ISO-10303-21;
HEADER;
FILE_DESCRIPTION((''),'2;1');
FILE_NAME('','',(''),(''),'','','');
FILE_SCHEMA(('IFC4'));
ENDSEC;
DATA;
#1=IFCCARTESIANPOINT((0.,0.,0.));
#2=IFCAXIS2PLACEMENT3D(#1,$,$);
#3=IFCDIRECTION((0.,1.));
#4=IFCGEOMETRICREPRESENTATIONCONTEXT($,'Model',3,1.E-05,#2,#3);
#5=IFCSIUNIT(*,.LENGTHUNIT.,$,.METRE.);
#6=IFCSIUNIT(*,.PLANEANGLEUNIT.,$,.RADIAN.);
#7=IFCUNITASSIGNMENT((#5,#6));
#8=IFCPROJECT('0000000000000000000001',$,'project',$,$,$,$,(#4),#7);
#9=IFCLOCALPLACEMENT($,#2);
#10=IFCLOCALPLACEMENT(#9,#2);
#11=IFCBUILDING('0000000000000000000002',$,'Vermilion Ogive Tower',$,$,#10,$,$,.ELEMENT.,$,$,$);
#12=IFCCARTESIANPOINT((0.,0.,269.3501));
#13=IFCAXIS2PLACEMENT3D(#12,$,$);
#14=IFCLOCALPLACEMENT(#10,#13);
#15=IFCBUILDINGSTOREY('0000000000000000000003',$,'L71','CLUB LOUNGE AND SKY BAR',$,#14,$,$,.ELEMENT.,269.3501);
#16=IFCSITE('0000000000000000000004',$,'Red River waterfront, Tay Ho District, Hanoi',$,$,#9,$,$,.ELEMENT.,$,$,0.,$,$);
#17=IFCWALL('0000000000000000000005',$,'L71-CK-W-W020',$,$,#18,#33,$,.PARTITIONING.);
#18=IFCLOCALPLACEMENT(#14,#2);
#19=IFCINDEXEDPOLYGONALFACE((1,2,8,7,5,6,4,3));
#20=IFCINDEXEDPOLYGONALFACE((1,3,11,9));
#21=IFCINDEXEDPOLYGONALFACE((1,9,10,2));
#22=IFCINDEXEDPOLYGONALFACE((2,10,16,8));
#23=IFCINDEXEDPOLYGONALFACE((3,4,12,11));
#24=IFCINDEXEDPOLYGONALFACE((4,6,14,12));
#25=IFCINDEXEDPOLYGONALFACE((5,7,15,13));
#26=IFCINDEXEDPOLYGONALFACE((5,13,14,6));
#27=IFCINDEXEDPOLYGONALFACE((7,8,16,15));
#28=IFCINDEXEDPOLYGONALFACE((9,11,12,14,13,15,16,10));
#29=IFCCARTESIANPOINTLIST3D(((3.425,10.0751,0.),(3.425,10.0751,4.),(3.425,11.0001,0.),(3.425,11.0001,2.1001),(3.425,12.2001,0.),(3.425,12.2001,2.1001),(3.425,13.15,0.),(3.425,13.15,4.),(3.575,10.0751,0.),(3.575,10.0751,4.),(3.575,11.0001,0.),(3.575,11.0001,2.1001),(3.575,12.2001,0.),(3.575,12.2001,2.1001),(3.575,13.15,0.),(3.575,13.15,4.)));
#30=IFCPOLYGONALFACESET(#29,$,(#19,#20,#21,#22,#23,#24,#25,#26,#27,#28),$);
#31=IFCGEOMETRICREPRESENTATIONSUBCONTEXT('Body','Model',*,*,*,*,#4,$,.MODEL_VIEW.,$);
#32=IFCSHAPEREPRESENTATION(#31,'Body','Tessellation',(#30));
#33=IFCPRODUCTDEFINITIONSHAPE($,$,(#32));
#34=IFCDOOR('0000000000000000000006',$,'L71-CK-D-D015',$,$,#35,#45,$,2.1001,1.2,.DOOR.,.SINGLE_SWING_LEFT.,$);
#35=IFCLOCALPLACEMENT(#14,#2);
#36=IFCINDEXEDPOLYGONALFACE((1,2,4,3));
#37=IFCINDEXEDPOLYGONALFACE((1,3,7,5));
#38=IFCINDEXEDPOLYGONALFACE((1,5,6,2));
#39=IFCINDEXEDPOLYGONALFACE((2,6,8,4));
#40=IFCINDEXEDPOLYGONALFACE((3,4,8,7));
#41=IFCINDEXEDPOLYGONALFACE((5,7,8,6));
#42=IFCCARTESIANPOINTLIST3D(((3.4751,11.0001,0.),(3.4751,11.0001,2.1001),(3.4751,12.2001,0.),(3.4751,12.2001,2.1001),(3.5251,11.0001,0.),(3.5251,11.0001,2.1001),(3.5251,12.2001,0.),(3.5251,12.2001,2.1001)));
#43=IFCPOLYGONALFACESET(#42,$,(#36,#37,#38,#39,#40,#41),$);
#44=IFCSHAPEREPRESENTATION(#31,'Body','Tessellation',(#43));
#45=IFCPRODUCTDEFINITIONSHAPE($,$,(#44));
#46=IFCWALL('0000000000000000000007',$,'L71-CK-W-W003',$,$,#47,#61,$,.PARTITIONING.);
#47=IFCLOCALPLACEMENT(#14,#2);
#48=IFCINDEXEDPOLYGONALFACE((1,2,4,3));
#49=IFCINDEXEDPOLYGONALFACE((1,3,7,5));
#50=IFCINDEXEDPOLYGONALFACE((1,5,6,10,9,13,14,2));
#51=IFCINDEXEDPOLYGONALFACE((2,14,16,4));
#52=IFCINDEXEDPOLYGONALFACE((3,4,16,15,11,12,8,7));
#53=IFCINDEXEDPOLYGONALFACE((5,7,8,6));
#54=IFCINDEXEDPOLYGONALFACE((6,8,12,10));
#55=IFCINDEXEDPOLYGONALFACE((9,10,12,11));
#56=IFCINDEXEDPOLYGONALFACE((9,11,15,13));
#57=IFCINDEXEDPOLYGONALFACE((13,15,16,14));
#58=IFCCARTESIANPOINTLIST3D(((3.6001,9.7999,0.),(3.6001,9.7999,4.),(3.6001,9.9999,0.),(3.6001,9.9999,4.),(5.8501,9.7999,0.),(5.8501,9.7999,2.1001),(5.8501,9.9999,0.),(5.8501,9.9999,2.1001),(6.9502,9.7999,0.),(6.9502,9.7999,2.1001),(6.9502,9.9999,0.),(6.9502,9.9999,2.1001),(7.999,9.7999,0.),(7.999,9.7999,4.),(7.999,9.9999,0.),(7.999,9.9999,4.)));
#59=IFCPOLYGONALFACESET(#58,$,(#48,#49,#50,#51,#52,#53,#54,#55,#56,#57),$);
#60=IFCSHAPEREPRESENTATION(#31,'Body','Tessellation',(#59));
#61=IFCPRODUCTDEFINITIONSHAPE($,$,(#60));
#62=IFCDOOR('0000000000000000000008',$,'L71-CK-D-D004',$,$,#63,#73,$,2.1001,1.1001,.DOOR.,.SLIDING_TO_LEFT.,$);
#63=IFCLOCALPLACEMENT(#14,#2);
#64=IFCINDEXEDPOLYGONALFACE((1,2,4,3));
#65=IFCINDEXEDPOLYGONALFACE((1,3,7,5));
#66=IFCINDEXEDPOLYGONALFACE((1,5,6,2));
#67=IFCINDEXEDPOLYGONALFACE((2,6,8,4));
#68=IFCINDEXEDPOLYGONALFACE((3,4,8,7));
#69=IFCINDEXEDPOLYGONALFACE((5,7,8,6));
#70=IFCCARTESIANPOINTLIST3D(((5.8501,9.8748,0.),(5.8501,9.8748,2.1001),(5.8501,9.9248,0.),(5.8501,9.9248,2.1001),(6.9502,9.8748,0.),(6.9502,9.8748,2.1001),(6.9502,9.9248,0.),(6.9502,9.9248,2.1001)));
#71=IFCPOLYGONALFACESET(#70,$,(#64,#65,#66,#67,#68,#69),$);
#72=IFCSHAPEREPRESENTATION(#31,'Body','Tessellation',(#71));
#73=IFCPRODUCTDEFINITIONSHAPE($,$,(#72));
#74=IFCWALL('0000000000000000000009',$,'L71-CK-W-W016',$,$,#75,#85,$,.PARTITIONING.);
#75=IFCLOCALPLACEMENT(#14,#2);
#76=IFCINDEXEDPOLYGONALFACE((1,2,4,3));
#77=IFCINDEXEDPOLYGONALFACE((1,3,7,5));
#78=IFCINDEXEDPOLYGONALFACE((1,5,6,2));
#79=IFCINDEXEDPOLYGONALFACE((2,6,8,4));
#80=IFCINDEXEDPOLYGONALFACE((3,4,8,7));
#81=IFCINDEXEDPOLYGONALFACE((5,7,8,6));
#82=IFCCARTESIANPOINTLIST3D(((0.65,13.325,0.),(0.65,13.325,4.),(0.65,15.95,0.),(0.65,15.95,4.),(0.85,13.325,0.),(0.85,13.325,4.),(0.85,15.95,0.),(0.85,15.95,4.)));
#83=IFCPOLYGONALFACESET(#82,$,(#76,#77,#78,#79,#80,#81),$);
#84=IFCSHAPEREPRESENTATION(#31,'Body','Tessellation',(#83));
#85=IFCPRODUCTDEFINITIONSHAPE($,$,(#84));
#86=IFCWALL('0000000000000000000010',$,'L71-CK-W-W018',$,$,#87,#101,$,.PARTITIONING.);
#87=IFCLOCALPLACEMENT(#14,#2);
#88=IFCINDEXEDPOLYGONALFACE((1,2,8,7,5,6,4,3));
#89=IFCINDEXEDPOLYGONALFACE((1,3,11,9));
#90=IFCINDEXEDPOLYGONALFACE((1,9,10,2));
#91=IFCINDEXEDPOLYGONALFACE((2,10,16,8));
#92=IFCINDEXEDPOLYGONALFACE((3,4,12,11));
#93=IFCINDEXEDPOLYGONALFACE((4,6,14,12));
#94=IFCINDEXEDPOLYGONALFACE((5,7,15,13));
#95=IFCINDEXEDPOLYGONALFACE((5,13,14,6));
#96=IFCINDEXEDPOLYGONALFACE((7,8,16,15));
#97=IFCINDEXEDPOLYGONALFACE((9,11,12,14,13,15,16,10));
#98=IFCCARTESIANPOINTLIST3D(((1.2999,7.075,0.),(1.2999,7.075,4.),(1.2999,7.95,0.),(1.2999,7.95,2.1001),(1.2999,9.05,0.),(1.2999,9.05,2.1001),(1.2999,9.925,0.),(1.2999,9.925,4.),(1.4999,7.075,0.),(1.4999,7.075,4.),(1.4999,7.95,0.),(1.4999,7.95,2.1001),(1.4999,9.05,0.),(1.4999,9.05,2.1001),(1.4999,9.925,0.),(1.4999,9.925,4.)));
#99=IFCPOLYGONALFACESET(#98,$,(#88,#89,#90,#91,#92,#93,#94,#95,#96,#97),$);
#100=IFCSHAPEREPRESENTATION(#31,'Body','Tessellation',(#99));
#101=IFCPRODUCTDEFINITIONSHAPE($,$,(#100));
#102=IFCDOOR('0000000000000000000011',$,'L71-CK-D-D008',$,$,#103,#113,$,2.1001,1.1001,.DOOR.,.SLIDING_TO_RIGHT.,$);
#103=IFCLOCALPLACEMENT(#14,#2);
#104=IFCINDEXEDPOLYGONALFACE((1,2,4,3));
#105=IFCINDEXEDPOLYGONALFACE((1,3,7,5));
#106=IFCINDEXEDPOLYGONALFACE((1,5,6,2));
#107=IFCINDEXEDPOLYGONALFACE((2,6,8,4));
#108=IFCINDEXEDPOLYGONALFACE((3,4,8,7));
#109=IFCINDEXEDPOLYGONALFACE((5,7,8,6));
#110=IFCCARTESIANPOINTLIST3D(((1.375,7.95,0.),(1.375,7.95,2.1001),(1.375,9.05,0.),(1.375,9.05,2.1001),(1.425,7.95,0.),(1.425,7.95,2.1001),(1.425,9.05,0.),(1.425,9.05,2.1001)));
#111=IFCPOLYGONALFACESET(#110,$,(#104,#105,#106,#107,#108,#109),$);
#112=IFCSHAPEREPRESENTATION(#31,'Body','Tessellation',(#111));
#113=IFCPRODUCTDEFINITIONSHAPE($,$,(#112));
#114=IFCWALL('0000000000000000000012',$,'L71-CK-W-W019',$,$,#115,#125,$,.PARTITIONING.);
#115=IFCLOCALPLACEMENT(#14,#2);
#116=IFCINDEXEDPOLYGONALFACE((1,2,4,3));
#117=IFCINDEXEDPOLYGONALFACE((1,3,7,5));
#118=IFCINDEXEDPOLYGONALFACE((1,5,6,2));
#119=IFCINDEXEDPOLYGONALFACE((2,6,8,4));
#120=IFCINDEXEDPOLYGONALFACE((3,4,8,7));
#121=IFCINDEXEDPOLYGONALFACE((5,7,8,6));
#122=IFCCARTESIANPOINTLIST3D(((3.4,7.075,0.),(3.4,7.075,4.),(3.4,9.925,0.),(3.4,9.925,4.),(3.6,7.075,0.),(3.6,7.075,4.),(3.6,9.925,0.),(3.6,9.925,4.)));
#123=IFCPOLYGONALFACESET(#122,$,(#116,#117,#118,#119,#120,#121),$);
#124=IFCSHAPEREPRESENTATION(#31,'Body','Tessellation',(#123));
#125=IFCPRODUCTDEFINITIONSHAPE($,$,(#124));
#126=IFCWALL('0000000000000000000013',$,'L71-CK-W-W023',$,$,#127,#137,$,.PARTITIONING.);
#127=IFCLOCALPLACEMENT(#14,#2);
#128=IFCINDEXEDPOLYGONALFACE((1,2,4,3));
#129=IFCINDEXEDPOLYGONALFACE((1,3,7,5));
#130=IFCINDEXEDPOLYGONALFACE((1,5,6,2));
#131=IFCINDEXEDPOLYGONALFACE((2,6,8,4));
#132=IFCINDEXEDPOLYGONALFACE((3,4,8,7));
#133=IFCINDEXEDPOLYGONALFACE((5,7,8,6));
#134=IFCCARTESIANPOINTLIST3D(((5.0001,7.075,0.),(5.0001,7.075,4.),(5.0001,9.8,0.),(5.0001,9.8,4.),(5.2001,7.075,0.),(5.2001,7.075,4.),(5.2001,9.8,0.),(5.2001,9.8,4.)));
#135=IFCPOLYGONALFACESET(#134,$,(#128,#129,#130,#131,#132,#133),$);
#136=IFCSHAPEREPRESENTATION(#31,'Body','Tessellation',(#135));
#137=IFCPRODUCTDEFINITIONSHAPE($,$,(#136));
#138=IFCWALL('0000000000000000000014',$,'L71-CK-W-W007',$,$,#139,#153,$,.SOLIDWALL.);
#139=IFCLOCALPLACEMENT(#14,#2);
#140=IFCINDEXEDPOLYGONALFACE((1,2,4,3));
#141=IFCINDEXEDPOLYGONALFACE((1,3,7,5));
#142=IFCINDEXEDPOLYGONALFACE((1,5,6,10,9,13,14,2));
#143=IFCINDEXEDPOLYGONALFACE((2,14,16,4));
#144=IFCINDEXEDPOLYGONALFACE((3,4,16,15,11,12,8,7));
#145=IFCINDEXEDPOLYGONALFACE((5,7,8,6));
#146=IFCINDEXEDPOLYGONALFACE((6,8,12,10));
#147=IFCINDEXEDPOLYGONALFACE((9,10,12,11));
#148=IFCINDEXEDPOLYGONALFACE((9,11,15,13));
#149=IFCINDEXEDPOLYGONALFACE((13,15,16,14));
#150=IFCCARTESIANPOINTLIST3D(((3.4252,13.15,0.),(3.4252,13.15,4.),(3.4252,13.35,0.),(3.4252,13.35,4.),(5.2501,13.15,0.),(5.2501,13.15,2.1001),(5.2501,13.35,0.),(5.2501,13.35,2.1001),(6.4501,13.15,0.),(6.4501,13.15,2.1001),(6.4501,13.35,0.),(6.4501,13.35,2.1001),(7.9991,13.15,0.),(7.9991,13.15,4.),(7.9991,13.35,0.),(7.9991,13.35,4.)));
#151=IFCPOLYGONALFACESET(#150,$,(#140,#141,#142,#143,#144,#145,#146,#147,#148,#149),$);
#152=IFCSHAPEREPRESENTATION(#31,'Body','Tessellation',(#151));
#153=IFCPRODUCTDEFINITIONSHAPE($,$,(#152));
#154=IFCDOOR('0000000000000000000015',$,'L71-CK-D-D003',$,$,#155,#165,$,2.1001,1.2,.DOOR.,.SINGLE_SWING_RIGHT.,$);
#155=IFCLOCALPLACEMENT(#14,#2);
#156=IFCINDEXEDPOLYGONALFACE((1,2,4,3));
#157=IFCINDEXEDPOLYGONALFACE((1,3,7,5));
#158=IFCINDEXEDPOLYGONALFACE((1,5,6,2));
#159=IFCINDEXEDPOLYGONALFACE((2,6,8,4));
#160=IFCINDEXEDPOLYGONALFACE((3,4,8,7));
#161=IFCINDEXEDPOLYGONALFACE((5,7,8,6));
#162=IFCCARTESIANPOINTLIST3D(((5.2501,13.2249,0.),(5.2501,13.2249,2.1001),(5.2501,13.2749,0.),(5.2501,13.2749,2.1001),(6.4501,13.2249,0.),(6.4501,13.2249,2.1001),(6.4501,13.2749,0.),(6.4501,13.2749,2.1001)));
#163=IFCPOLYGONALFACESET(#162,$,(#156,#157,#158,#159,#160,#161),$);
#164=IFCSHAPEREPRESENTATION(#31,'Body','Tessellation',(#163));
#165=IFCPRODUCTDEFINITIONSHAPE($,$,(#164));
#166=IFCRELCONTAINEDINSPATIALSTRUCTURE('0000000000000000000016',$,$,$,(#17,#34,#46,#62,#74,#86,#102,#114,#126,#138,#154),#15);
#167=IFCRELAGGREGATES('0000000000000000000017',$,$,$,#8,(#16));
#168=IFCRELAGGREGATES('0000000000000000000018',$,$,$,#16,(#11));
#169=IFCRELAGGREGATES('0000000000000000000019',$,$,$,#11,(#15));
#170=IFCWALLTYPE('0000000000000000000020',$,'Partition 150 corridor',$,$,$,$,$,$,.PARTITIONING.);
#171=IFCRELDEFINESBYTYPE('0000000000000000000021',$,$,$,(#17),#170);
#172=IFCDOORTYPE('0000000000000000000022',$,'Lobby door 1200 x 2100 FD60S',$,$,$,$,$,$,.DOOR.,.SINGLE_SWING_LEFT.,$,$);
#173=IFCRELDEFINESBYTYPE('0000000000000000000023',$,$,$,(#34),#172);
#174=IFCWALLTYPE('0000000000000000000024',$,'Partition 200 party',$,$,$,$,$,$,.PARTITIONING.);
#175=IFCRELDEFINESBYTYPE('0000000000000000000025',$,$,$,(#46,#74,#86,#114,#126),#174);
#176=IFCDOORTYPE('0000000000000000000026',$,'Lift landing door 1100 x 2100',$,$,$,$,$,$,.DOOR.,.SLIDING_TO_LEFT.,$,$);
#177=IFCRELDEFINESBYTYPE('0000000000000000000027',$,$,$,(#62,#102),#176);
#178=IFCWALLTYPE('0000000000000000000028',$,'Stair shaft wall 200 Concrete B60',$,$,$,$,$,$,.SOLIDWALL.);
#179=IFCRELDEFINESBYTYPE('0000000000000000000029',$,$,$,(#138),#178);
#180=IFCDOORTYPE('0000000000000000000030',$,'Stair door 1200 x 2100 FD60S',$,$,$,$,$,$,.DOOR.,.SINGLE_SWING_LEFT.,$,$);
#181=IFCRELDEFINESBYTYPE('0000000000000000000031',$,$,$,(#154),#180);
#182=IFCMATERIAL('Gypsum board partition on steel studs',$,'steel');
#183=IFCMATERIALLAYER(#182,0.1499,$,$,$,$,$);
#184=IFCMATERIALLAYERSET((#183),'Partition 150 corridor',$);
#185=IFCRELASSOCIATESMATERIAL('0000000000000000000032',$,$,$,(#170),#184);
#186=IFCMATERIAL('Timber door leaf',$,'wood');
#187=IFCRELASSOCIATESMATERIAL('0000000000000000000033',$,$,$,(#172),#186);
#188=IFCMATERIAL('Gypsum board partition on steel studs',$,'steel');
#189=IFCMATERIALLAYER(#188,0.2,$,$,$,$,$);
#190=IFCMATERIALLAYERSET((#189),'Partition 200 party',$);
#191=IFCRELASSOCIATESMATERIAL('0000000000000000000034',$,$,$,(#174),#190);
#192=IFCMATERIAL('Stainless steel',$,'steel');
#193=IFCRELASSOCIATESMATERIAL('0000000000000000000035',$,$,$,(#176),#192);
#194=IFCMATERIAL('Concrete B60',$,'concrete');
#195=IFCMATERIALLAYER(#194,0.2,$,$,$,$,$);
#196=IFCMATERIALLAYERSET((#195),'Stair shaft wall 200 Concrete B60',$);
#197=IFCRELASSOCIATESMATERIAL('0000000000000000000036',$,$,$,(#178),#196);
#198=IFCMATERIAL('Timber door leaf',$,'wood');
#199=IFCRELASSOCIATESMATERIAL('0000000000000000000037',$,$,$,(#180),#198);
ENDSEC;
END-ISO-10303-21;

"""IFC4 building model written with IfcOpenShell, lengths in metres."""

from ifc_helpers import new_model, si_unit, direction, frame, frame_2d, origin, place, context, subcontext, project, spatial, rectangle, extrude, material, layer, layer_set, type_object, element, fill, save


model = new_model("IFC4")

# Units and contexts
model_context = context("Model", 3, precision=1e-05, world=origin(), true_north=direction((0.0, 1.0)))
body_context = subcontext(model_context, "Body", "Model", "MODEL_VIEW")
ifc_project = project(units=[si_unit("LENGTHUNIT", "METRE"), si_unit("PLANEANGLEUNIT", "RADIAN")], contexts=[model_context])

# Site, building, storey
site_placement = place(None, origin())
site = spatial("IfcSite", under=ifc_project, at=site_placement, Name="Red River waterfront, Tay Ho District, Hanoi", CompositionType="ELEMENT", RefElevation=0.0)
building_placement = place(site_placement, origin())
building = spatial("IfcBuilding", under=site, at=building_placement, Name="Vermilion Ogive Tower", CompositionType="ELEMENT")
storey_placement = place(building_placement, frame((0.0, 0.0, 269.3501)))
storey = spatial("IfcBuildingStorey", under=building, at=storey_placement, Name="L71", Description="CLUB LOUNGE AND SKY BAR", CompositionType="ELEMENT", Elevation=269.3501)

# Walls, openings, doors
ifc_material_1 = material(Name="Gypsum board partition on steel studs", Category="steel")
ifc_layer_1 = layer(ifc_material_1, 0.1499)
ifc_layer_set_1 = layer_set([ifc_layer_1], Name="Partition 150 corridor")
wall_type_1 = type_object("IfcWallType", Name="Partition 150 corridor", PredefinedType="PARTITIONING", material=ifc_layer_set_1)
wall_1_placement = place(storey_placement, frame((3.5, 10.075, 0.0), z_axis=(0.0, 0.0, 1.0), x_axis=(0.0, 1.0, 0.0)))
wall_1 = element("IfcWall", 1, at=wall_1_placement, inside=storey, type_object=wall_type_1, Name="L71-CK-W-W020", PredefinedType="PARTITIONING", context=body_context, shape_type="SweptSolid", body=[
    extrude(rectangle(XDim=3.075, YDim=0.1499, at=frame_2d((1.5376, 0.0))), origin(), (0.0, 0.0, 1.0), 4.0),
])
opening_1_placement = place(wall_1_placement, frame((0.925, 0.0, 0.0)))
opening_1 = element("IfcOpeningElement", 2, at=opening_1_placement, cuts=wall_1, PredefinedType="OPENING", context=body_context, shape_type="SweptSolid", body=[
    extrude(rectangle(XDim=1.2, YDim=2.1001, at=frame_2d((0.6001, 1.05))), frame((0.0, 0.085, 0.0), z_axis=(0.0, -1.0, 0.0), x_axis=(1.0, 0.0, 0.0)), (0.0, 0.0, 1.0), 0.1699),
])
ifc_material_2 = material(Name="Timber door leaf", Category="wood")
door_type_1 = type_object("IfcDoorType", Name="Lobby door 1200 x 2100 FD60S", OperationType="SINGLE_SWING_LEFT", PredefinedType="DOOR", material=ifc_material_2)
door_1_placement = place(opening_1_placement, origin())
door_1 = element("IfcDoor", 3, at=door_1_placement, inside=storey, type_object=door_type_1, Name="L71-CK-D-D015", OperationType="SINGLE_SWING_LEFT", OverallHeight=2.1001, OverallWidth=1.2, PredefinedType="DOOR", context=body_context, shape_type="SweptSolid", body=[
    extrude(rectangle(XDim=1.2, YDim=2.1001, at=frame_2d((0.6001, 1.05))), frame((0.0, 0.0249, 0.0), z_axis=(0.0, -1.0, 0.0), x_axis=(1.0, 0.0, 0.0)), (0.0, 0.0, 1.0), 0.05),
])
fill(opening_1, door_1)
ifc_material_3 = material(Name="Gypsum board partition on steel studs", Category="steel")
ifc_layer_2 = layer(ifc_material_3, 0.2)
ifc_layer_set_2 = layer_set([ifc_layer_2], Name="Partition 200 party")
wall_type_2 = type_object("IfcWallType", Name="Partition 200 party", PredefinedType="PARTITIONING", material=ifc_layer_set_2)
wall_2_placement = place(storey_placement, frame((3.6001, 9.8999, 0.0), z_axis=(0.0, 0.0, 1.0), x_axis=(1.0, 0.0, 0.0)))
wall_2 = element("IfcWall", 4, at=wall_2_placement, inside=storey, type_object=wall_type_2, Name="L71-CK-W-W003", PredefinedType="PARTITIONING", context=body_context, shape_type="SweptSolid", body=[
    extrude(rectangle(XDim=4.3989, YDim=0.2, at=frame_2d((2.1995, 0.0))), origin(), (0.0, 0.0, 1.0), 4.0),
])
opening_2_placement = place(wall_2_placement, frame((2.25, 0.0, 0.0)))
opening_2 = element("IfcOpeningElement", 5, at=opening_2_placement, cuts=wall_2, PredefinedType="OPENING", context=body_context, shape_type="SweptSolid", body=[
    extrude(rectangle(XDim=1.1001, YDim=2.1001, at=frame_2d((0.55, 1.05))), frame((0.0, 0.1099, 0.0), z_axis=(0.0, -1.0, 0.0), x_axis=(1.0, 0.0, 0.0)), (0.0, 0.0, 1.0), 0.22),
])
ifc_material_4 = material(Name="Stainless steel", Category="steel")
door_type_2 = type_object("IfcDoorType", Name="Lift landing door 1100 x 2100", OperationType="SLIDING_TO_LEFT", PredefinedType="DOOR", material=ifc_material_4)
door_2_placement = place(opening_2_placement, origin())
door_2 = element("IfcDoor", 6, at=door_2_placement, inside=storey, type_object=door_type_2, Name="L71-CK-D-D004", OperationType="SLIDING_TO_LEFT", OverallHeight=2.1001, OverallWidth=1.1001, PredefinedType="DOOR", context=body_context, shape_type="SweptSolid", body=[
    extrude(rectangle(XDim=1.1001, YDim=2.1001, at=frame_2d((0.55, 1.05))), frame((0.0, 0.0249, 0.0), z_axis=(0.0, -1.0, 0.0), x_axis=(1.0, 0.0, 0.0)), (0.0, 0.0, 1.0), 0.05),
])
fill(opening_2, door_2)

# Wall
wall_3_placement = place(storey_placement, frame((0.75, 13.325, 0.0), z_axis=(0.0, 0.0, 1.0), x_axis=(0.0, 1.0, 0.0)))
element("IfcWall", 7, at=wall_3_placement, inside=storey, type_object=wall_type_2, Name="L71-CK-W-W016", PredefinedType="PARTITIONING", context=body_context, shape_type="SweptSolid", body=[
    extrude(rectangle(XDim=2.625, YDim=0.2, at=frame_2d((1.3125, 0.0))), origin(), (0.0, 0.0, 1.0), 4.0),
])

# Wall, opening, door
wall_4_placement = place(storey_placement, frame((1.3999, 7.075, 0.0), z_axis=(0.0, 0.0, 1.0), x_axis=(0.0, 1.0, 0.0)))
wall_4 = element("IfcWall", 8, at=wall_4_placement, inside=storey, type_object=wall_type_2, Name="L71-CK-W-W018", PredefinedType="PARTITIONING", context=body_context, shape_type="SweptSolid", body=[
    extrude(rectangle(XDim=2.8501, YDim=0.2, at=frame_2d((1.425, 0.0))), origin(), (0.0, 0.0, 1.0), 4.0),
])
opening_3_placement = place(wall_4_placement, frame((0.875, 0.0, 0.0)))
opening_3 = element("IfcOpeningElement", 9, at=opening_3_placement, cuts=wall_4, PredefinedType="OPENING", context=body_context, shape_type="SweptSolid", body=[
    extrude(rectangle(XDim=1.1001, YDim=2.1001, at=frame_2d((0.55, 1.05))), frame((0.0, 0.1099, 0.0), z_axis=(0.0, -1.0, 0.0), x_axis=(1.0, 0.0, 0.0)), (0.0, 0.0, 1.0), 0.22),
])
door_3_placement = place(opening_3_placement, origin())
door_3 = element("IfcDoor", 10, at=door_3_placement, inside=storey, type_object=door_type_2, Name="L71-CK-D-D008", OperationType="SLIDING_TO_RIGHT", OverallHeight=2.1001, OverallWidth=1.1001, PredefinedType="DOOR", context=body_context, shape_type="SweptSolid", body=[
    extrude(rectangle(XDim=1.1001, YDim=2.1001, at=frame_2d((0.55, 1.05))), frame((0.0, 0.0249, 0.0), z_axis=(0.0, -1.0, 0.0), x_axis=(1.0, 0.0, 0.0)), (0.0, 0.0, 1.0), 0.05),
])
fill(opening_3, door_3)

# Walls
wall_5_placement = place(storey_placement, frame((3.5, 7.075, 0.0), z_axis=(0.0, 0.0, 1.0), x_axis=(0.0, 1.0, 0.0)))
element("IfcWall", 11, at=wall_5_placement, inside=storey, type_object=wall_type_2, Name="L71-CK-W-W019", PredefinedType="PARTITIONING", context=body_context, shape_type="SweptSolid", body=[
    extrude(rectangle(XDim=2.8501, YDim=0.2, at=frame_2d((1.425, 0.0))), origin(), (0.0, 0.0, 1.0), 4.0),
])
wall_6_placement = place(storey_placement, frame((5.1001, 7.075, 0.0), z_axis=(0.0, 0.0, 1.0), x_axis=(0.0, 1.0, 0.0)))
element("IfcWall", 12, at=wall_6_placement, inside=storey, type_object=wall_type_2, Name="L71-CK-W-W023", PredefinedType="PARTITIONING", context=body_context, shape_type="SweptSolid", body=[
    extrude(rectangle(XDim=2.7251, YDim=0.2, at=frame_2d((1.3625, 0.0))), origin(), (0.0, 0.0, 1.0), 4.0),
])

# Wall, opening, door
ifc_material_5 = material(Name="Concrete B60", Category="concrete")
ifc_layer_3 = layer(ifc_material_5, 0.2)
ifc_layer_set_3 = layer_set([ifc_layer_3], Name="Stair shaft wall 200 Concrete B60")
wall_type_3 = type_object("IfcWallType", Name="Stair shaft wall 200 Concrete B60", PredefinedType="SOLIDWALL", material=ifc_layer_set_3)
wall_7_placement = place(storey_placement, frame((3.425, 13.25, 0.0), z_axis=(0.0, 0.0, 1.0), x_axis=(1.0, 0.0, 0.0)))
wall_7 = element("IfcWall", 13, at=wall_7_placement, inside=storey, type_object=wall_type_3, Name="L71-CK-W-W007", PredefinedType="SOLIDWALL", context=body_context, shape_type="SweptSolid", body=[
    extrude(rectangle(XDim=4.574, YDim=0.2, at=frame_2d((2.2871, 0.0))), origin(), (0.0, 0.0, 1.0), 4.0),
])
opening_4_placement = place(wall_7_placement, frame((1.825, 0.0, 0.0)))
opening_4 = element("IfcOpeningElement", 14, at=opening_4_placement, cuts=wall_7, PredefinedType="OPENING", context=body_context, shape_type="SweptSolid", body=[
    extrude(rectangle(XDim=1.2, YDim=2.1001, at=frame_2d((0.6001, 1.05))), frame((0.0, 0.1099, 0.0), z_axis=(0.0, -1.0, 0.0), x_axis=(1.0, 0.0, 0.0)), (0.0, 0.0, 1.0), 0.22),
])
ifc_material_6 = material(Name="Timber door leaf", Category="wood")
door_type_3 = type_object("IfcDoorType", Name="Stair door 1200 x 2100 FD60S", OperationType="SINGLE_SWING_LEFT", PredefinedType="DOOR", material=ifc_material_6)
door_4_placement = place(opening_4_placement, origin())
door_4 = element("IfcDoor", 15, at=door_4_placement, inside=storey, type_object=door_type_3, Name="L71-CK-D-D003", OperationType="SINGLE_SWING_RIGHT", OverallHeight=2.1001, OverallWidth=1.2, PredefinedType="DOOR", context=body_context, shape_type="SweptSolid", body=[
    extrude(rectangle(XDim=1.2, YDim=2.1001, at=frame_2d((0.6001, 1.05))), frame((0.0, 0.0249, 0.0), z_axis=(0.0, -1.0, 0.0), x_axis=(1.0, 0.0, 0.0)), (0.0, 0.0, 1.0), 0.05),
])
fill(opening_4, door_4)

save(model, "model.ifc")
